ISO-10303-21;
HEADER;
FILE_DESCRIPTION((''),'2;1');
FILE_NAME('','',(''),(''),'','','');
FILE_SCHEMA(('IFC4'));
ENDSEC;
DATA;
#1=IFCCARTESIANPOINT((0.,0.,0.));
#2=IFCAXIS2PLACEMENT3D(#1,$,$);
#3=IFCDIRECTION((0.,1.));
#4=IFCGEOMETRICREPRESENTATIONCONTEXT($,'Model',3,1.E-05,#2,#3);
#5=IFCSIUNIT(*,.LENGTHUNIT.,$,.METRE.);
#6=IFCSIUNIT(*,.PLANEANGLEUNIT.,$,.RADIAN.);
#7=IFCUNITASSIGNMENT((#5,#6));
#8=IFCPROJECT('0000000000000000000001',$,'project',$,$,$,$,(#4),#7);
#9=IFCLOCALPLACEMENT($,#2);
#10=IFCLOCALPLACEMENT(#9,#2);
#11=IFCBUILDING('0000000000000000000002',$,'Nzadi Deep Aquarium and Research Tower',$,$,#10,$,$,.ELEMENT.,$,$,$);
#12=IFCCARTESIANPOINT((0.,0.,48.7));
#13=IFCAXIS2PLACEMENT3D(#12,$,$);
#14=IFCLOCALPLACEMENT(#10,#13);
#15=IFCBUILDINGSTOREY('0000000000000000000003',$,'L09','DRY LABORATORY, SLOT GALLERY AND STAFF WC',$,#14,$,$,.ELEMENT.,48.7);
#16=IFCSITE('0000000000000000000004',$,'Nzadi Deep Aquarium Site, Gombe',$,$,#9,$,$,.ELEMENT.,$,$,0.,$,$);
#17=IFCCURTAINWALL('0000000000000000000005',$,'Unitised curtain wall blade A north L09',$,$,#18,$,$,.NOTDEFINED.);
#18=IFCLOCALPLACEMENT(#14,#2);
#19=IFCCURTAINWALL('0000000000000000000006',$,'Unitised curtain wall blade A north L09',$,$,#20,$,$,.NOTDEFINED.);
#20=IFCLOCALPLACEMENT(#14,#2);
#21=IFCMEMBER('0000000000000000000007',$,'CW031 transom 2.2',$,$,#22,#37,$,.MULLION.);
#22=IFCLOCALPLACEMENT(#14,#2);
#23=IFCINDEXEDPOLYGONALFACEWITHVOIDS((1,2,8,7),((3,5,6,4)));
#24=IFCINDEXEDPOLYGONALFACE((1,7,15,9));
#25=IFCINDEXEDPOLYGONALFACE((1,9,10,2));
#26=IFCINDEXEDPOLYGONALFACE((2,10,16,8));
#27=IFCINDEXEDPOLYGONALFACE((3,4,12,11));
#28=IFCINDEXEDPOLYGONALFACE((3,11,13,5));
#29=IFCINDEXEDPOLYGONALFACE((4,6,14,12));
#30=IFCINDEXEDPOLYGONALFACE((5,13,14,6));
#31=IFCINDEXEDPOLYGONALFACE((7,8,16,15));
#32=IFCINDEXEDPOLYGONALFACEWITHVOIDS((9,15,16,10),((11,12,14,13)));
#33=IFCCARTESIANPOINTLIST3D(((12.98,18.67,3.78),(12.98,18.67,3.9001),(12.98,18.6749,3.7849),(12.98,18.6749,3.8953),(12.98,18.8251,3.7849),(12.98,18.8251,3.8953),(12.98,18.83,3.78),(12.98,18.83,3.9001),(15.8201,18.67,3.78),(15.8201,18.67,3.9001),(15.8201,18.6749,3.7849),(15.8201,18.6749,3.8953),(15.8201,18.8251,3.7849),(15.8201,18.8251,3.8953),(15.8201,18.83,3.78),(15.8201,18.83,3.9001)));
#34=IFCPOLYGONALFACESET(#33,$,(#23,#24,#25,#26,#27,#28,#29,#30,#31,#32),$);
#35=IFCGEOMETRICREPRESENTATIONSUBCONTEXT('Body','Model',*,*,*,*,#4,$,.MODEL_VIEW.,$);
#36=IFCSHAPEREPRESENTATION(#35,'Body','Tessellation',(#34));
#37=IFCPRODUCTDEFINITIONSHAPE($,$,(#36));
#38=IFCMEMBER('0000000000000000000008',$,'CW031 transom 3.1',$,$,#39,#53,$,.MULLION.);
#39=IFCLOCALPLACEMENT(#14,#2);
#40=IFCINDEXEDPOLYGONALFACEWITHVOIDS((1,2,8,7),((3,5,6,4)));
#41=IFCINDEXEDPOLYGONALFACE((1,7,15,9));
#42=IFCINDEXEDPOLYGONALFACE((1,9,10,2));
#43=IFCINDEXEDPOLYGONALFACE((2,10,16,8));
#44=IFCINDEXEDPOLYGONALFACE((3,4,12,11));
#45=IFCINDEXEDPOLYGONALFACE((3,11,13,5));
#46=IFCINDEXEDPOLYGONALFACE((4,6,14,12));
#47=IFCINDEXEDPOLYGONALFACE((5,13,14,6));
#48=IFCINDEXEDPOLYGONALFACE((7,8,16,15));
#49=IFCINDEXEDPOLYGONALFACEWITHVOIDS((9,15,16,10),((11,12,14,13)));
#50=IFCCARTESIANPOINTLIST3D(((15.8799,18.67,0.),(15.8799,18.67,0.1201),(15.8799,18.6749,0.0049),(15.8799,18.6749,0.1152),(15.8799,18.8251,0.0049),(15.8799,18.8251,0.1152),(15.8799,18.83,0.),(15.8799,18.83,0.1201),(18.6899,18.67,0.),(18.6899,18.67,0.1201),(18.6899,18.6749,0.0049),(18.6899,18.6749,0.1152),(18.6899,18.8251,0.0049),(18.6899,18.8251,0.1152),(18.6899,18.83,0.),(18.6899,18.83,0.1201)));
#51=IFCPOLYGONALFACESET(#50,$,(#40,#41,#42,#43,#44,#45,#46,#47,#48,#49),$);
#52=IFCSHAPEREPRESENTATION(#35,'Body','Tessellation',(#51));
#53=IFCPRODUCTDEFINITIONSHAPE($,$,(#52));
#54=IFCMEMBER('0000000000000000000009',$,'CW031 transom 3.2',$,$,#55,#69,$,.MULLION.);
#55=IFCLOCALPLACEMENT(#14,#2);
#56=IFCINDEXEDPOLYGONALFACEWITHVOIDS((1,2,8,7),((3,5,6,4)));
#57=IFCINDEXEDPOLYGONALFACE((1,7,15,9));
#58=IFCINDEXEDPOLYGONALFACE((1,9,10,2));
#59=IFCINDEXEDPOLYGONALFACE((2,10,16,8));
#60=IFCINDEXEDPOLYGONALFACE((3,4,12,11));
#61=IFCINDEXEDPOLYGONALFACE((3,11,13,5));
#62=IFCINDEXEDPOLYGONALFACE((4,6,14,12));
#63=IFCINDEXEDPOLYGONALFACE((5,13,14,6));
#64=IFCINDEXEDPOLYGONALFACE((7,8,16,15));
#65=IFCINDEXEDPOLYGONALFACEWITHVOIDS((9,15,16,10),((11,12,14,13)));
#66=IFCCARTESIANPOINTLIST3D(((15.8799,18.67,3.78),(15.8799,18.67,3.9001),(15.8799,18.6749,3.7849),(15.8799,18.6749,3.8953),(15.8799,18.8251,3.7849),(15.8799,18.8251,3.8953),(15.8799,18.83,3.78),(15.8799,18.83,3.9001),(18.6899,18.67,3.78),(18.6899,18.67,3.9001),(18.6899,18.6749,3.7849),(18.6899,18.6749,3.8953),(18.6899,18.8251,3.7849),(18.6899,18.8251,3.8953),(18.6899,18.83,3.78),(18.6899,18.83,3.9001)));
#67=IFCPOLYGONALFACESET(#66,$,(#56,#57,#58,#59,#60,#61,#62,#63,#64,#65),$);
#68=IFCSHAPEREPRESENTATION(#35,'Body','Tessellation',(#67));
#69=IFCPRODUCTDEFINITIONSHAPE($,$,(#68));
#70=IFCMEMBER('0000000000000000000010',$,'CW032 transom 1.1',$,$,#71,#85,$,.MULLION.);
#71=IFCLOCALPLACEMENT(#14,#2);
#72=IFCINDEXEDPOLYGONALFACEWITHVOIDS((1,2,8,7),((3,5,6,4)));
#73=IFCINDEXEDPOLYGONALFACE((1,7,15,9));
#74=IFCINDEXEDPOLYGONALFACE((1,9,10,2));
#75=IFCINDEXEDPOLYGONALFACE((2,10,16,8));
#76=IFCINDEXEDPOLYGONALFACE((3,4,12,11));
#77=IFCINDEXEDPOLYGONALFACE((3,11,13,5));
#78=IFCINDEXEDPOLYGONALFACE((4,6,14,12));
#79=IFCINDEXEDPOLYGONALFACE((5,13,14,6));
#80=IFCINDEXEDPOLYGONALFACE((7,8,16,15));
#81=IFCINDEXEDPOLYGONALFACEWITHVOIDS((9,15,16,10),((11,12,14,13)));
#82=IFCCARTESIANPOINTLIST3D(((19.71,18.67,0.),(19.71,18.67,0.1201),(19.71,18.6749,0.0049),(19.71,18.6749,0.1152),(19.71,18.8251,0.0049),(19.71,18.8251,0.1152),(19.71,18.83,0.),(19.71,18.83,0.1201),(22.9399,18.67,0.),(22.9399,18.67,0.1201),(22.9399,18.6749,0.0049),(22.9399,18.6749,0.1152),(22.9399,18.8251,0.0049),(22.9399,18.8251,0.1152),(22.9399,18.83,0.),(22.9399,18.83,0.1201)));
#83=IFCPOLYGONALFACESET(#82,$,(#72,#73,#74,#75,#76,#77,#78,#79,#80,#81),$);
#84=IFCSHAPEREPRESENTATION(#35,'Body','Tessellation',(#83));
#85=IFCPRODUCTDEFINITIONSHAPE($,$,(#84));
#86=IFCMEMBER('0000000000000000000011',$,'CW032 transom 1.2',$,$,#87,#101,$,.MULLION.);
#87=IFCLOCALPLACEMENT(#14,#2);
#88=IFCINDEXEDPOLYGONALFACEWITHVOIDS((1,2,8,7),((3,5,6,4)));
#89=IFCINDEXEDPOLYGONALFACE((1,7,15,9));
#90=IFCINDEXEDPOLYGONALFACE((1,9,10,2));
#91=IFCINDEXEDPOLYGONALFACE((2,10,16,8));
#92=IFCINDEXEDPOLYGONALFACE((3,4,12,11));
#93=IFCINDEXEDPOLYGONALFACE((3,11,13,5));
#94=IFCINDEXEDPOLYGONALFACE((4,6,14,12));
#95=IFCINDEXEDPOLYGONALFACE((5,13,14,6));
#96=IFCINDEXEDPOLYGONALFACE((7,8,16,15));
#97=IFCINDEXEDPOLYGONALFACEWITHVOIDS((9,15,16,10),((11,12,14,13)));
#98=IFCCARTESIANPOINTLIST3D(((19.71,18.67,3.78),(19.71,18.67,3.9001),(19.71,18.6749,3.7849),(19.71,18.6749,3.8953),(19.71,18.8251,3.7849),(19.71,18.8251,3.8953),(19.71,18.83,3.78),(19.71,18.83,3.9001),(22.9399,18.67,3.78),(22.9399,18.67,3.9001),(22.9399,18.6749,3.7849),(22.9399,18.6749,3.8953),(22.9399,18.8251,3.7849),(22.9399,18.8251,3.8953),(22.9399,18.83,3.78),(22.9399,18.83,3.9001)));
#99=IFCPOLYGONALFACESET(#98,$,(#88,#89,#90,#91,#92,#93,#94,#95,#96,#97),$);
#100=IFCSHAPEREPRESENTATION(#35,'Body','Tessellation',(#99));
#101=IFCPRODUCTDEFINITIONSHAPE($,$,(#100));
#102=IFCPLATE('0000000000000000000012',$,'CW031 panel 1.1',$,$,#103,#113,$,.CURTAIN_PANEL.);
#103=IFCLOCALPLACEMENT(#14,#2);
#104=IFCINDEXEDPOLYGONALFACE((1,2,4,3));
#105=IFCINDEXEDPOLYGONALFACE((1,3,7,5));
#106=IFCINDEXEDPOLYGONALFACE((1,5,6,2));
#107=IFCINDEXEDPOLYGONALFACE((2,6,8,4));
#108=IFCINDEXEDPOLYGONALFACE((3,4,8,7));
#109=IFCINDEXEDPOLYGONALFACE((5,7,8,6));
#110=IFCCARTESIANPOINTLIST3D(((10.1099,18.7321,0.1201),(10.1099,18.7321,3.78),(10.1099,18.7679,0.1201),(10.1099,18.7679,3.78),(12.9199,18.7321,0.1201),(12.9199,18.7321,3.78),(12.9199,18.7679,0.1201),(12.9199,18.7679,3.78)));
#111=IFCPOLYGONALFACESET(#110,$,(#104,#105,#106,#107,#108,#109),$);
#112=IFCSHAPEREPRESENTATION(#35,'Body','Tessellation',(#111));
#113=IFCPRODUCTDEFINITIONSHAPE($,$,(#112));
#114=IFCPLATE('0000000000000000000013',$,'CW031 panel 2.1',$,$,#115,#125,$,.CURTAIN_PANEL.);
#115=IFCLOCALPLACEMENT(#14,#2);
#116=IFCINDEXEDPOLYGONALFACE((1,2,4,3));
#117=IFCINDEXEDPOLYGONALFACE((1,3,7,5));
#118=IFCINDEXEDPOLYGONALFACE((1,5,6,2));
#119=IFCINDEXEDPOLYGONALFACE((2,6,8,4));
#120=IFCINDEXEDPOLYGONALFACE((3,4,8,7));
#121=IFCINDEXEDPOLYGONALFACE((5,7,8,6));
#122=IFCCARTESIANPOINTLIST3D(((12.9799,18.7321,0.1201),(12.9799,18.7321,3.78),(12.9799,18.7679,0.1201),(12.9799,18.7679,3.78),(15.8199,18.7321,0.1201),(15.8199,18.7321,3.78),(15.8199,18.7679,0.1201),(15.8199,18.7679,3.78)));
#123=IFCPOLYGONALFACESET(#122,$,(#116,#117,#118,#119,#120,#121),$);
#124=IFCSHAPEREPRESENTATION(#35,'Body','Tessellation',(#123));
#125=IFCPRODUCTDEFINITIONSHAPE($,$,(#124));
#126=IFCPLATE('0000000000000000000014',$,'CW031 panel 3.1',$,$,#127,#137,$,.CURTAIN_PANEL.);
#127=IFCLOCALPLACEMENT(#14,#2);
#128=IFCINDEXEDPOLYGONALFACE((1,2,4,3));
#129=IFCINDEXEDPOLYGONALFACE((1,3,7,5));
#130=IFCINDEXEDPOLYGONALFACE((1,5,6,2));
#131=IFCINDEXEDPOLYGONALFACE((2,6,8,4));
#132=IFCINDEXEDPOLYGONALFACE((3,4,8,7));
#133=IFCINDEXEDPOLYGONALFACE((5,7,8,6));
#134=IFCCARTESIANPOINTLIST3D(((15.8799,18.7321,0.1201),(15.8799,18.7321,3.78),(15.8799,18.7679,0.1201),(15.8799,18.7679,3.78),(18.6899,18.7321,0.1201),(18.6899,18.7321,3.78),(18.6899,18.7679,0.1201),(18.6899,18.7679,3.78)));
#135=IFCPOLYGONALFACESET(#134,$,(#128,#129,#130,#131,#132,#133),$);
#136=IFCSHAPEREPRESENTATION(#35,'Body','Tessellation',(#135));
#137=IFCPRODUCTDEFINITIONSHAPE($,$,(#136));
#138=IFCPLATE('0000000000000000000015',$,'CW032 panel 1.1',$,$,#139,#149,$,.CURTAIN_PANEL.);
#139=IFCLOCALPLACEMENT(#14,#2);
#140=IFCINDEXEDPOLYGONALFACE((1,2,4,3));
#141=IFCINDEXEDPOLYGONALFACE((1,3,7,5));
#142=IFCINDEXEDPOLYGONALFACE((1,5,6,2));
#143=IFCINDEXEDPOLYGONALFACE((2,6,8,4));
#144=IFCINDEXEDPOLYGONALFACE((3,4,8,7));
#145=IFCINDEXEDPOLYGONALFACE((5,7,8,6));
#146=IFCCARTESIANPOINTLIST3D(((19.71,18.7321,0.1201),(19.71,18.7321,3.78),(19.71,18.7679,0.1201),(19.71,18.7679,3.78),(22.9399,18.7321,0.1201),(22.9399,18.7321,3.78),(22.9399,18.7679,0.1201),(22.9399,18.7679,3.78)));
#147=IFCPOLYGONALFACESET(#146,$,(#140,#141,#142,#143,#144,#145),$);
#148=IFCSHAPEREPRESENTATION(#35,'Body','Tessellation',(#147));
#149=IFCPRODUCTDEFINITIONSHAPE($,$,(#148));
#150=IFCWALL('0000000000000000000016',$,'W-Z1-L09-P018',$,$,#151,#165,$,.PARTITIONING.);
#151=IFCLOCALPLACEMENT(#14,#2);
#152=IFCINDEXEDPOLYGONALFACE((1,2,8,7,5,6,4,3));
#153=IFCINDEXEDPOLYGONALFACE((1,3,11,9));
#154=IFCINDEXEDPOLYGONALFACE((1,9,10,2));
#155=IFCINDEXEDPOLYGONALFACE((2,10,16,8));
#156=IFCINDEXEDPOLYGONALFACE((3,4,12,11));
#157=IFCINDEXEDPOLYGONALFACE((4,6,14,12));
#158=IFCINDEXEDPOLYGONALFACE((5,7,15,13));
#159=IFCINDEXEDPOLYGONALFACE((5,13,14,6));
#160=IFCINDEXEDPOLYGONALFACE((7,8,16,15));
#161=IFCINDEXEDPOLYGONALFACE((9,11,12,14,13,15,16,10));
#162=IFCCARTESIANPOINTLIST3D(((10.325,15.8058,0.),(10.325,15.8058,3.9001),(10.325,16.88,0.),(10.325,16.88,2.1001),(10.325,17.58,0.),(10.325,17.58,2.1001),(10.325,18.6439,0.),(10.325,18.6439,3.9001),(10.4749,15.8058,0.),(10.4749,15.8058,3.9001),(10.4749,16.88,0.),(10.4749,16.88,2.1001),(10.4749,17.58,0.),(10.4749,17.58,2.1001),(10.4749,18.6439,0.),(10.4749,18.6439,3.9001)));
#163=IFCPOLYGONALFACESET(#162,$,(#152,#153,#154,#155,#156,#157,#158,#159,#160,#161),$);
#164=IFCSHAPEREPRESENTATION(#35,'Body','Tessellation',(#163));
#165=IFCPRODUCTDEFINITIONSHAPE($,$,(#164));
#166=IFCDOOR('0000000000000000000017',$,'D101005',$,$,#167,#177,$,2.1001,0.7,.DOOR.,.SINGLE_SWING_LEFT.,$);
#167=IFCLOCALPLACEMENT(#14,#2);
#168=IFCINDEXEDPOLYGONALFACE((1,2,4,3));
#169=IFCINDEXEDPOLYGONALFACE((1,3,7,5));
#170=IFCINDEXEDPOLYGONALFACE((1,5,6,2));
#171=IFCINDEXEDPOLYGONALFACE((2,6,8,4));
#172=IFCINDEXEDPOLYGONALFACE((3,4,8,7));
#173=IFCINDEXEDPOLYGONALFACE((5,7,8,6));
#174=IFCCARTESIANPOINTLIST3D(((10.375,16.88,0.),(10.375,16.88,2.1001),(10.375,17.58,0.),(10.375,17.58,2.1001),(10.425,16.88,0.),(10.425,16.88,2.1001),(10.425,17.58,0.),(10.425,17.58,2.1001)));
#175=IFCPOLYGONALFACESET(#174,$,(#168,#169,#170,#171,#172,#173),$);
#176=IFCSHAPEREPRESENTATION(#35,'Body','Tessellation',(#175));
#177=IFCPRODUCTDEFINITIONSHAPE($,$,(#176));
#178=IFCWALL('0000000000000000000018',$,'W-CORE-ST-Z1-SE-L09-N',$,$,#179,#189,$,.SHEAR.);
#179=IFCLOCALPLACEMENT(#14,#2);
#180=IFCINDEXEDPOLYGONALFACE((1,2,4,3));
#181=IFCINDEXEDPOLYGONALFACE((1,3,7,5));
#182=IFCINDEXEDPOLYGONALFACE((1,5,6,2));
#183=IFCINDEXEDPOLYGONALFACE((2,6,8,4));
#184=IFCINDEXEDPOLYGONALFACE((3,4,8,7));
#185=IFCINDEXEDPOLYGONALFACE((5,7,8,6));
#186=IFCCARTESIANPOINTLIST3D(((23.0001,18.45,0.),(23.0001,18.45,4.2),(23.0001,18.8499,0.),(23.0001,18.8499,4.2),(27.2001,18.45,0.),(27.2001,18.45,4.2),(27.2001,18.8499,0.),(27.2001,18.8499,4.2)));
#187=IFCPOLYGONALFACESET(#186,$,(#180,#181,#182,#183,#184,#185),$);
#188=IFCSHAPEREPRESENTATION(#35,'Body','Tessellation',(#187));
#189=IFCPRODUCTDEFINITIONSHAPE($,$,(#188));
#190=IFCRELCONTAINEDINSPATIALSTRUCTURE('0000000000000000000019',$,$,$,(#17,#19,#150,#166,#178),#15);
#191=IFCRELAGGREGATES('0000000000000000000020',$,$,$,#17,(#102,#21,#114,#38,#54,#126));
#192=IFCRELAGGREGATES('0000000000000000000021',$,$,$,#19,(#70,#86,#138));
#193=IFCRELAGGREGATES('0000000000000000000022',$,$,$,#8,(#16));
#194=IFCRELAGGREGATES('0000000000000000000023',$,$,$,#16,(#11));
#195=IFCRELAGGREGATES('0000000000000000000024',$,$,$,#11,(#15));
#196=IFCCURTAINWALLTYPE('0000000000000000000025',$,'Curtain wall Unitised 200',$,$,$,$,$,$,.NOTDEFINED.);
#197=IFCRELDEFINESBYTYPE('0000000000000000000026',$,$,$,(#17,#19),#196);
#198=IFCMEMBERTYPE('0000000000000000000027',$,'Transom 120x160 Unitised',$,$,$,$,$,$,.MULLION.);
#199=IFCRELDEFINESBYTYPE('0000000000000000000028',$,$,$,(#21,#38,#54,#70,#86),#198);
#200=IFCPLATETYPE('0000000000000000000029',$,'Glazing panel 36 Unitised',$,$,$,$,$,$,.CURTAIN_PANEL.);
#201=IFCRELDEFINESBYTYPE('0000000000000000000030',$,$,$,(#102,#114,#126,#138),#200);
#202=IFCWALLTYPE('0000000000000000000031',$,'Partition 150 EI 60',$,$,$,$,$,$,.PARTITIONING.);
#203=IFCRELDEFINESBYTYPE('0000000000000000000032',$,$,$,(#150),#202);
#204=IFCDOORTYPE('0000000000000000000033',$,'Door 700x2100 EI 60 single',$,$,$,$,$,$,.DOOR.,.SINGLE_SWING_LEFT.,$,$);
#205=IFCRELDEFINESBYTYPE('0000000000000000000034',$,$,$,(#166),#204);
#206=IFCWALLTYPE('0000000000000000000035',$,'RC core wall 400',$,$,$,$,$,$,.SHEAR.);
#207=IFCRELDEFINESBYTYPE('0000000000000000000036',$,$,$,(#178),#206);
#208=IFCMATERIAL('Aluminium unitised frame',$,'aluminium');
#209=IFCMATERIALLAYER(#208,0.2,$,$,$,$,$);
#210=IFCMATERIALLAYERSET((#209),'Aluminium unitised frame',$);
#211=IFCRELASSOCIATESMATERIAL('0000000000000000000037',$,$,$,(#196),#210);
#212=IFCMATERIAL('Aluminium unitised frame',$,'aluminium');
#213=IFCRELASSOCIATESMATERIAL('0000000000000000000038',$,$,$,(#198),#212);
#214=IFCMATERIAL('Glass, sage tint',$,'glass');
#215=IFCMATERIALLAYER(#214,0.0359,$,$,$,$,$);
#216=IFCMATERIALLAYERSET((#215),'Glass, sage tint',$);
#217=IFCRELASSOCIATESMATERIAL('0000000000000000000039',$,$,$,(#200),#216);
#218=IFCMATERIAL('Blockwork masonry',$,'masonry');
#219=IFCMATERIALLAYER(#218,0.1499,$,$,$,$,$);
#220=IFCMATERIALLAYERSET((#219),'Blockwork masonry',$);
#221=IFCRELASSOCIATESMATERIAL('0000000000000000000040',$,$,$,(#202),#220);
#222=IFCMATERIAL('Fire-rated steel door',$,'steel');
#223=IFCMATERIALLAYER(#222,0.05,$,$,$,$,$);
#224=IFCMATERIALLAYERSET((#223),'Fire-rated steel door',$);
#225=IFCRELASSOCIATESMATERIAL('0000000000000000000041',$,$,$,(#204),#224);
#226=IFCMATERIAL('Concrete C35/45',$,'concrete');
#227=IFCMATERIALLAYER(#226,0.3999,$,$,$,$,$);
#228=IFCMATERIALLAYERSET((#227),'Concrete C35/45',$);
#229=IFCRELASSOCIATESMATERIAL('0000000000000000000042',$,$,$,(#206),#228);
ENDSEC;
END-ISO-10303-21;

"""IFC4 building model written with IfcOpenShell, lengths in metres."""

from ifc_helpers import new_model, si_unit, direction, frame, frame_2d, origin, origin_2d, place, context, subcontext, project, spatial, rectangle, hollow_rectangle, extrude, material, layer, layer_set, material_profile, profile_set, type_object, element, fill, aggregate, save


model = new_model("IFC4")

# Units and contexts
model_context = context("Model", 3, precision=1e-05, world=origin(), true_north=direction((0.0, 1.0)))
body_context = subcontext(model_context, "Body", "Model", "MODEL_VIEW")
ifc_project = project(units=[si_unit("LENGTHUNIT", "METRE"), si_unit("PLANEANGLEUNIT", "RADIAN")], contexts=[model_context])

# Site, building, storey
site_placement = place(None, origin())
site = spatial("IfcSite", under=ifc_project, at=site_placement, Name="Nzadi Deep Aquarium Site, Gombe", CompositionType="ELEMENT", RefElevation=0.0)
building_placement = place(site_placement, origin())
building = spatial("IfcBuilding", under=site, at=building_placement, Name="Nzadi Deep Aquarium and Research Tower", CompositionType="ELEMENT")
storey_placement = place(building_placement, frame((0.0, 0.0, 48.7)))
storey = spatial("IfcBuildingStorey", under=building, at=storey_placement, Name="L09", Description="DRY LABORATORY, SLOT GALLERY AND STAFF WC", CompositionType="ELEMENT", Elevation=48.7)

# Curtain wall
ifc_material_1 = material(Name="Aluminium unitised frame", Category="aluminium")
ifc_layer_1 = layer(ifc_material_1, 0.2)
ifc_layer_set_1 = layer_set([ifc_layer_1], Name="Aluminium unitised frame")
curtain_wall_type = type_object("IfcCurtainWallType", Name="Curtain wall Unitised 200", PredefinedType="NOTDEFINED", material=ifc_layer_set_1)
curtain_wall_1_placement = place(storey_placement, origin())
curtain_wall_1 = element("IfcCurtainWall", 1, at=curtain_wall_1_placement, inside=storey, type_object=curtain_wall_type, Name="Unitised curtain wall blade A north L09", PredefinedType="NOTDEFINED")

# Curtain wall
curtain_wall_2_placement = place(storey_placement, origin())
curtain_wall_2 = element("IfcCurtainWall", 2, at=curtain_wall_2_placement, inside=storey, type_object=curtain_wall_type, Name="Unitised curtain wall blade A north L09", PredefinedType="NOTDEFINED")

# Members
ifc_material_2 = material(Name="Aluminium unitised frame", Category="aluminium")
ifc_material_profile_1 = material_profile(ifc_material_2, hollow_rectangle(XDim=0.1599, YDim=0.1201, WallThickness=0.0049, at=origin_2d()))
ifc_profile_set_1 = profile_set([ifc_material_profile_1], Name="Aluminium unitised frame")
member_type_1 = type_object("IfcMemberType", Name="Transom 120x160 Unitised", PredefinedType="MULLION", material=ifc_profile_set_1)
member_1_placement = place(storey_placement, frame((12.98, 18.75, 3.8401), z_axis=(1.0, 0.0, 0.0), x_axis=(0.0, 1.0, 0.0)))
member_1 = element("IfcMember", 3, at=member_1_placement, type_object=member_type_1, Name="CW031 transom 2.2", PredefinedType="MULLION", context=body_context, shape_type="SweptSolid", body=[
    extrude(hollow_rectangle(XDim=0.1599, YDim=0.1201, WallThickness=0.0049, at=origin_2d()), origin(), (0.0, 0.0, 1.0), 2.8401),
])
member_2_placement = place(storey_placement, frame((15.8799, 18.75, 0.0601), z_axis=(1.0, 0.0, 0.0), x_axis=(0.0, 1.0, 0.0)))
member_2 = element("IfcMember", 4, at=member_2_placement, type_object=member_type_1, Name="CW031 transom 3.1", PredefinedType="MULLION", context=body_context, shape_type="SweptSolid", body=[
    extrude(hollow_rectangle(XDim=0.1599, YDim=0.1201, WallThickness=0.0049, at=origin_2d()), origin(), (0.0, 0.0, 1.0), 2.8101),
])
member_3_placement = place(storey_placement, frame((15.8799, 18.75, 3.8401), z_axis=(1.0, 0.0, 0.0), x_axis=(0.0, 1.0, 0.0)))
member_3 = element("IfcMember", 5, at=member_3_placement, type_object=member_type_1, Name="CW031 transom 3.2", PredefinedType="MULLION", context=body_context, shape_type="SweptSolid", body=[
    extrude(hollow_rectangle(XDim=0.1599, YDim=0.1201, WallThickness=0.0049, at=origin_2d()), origin(), (0.0, 0.0, 1.0), 2.8101),
])
member_4_placement = place(storey_placement, frame((19.71, 18.75, 0.0601), z_axis=(1.0, 0.0, 0.0), x_axis=(0.0, 1.0, 0.0)))
member_4 = element("IfcMember", 6, at=member_4_placement, type_object=member_type_1, Name="CW032 transom 1.1", PredefinedType="MULLION", context=body_context, shape_type="SweptSolid", body=[
    extrude(hollow_rectangle(XDim=0.1599, YDim=0.1201, WallThickness=0.0049, at=origin_2d()), origin(), (0.0, 0.0, 1.0), 3.23),
])
member_5_placement = place(storey_placement, frame((19.71, 18.75, 3.8401), z_axis=(1.0, 0.0, 0.0), x_axis=(0.0, 1.0, 0.0)))
member_5 = element("IfcMember", 7, at=member_5_placement, type_object=member_type_1, Name="CW032 transom 1.2", PredefinedType="MULLION", context=body_context, shape_type="SweptSolid", body=[
    extrude(hollow_rectangle(XDim=0.1599, YDim=0.1201, WallThickness=0.0049, at=origin_2d()), origin(), (0.0, 0.0, 1.0), 3.23),
])

# Plates
ifc_material_3 = material(Name="Glass, sage tint", Category="glass")
ifc_layer_2 = layer(ifc_material_3, 0.0359)
ifc_layer_set_2 = layer_set([ifc_layer_2], Name="Glass, sage tint")
plate_type = type_object("IfcPlateType", Name="Glazing panel 36 Unitised", PredefinedType="CURTAIN_PANEL", material=ifc_layer_set_2)
plate_1_placement = place(storey_placement, frame((11.5149, 18.75, 0.1201), z_axis=(0.0, 0.0, 1.0), x_axis=(1.0, 0.0, 0.0)))
plate_1 = element("IfcPlate", 8, at=plate_1_placement, type_object=plate_type, Name="CW031 panel 1.1", PredefinedType="CURTAIN_PANEL", context=body_context, shape_type="SweptSolid", body=[
    extrude(rectangle(XDim=2.8101, YDim=0.0359, at=origin_2d()), origin(), (0.0, 0.0, 1.0), 3.6599),
])
plate_2_placement = place(storey_placement, frame((14.3999, 18.75, 0.1201), z_axis=(0.0, 0.0, 1.0), x_axis=(1.0, 0.0, 0.0)))
plate_2 = element("IfcPlate", 9, at=plate_2_placement, type_object=plate_type, Name="CW031 panel 2.1", PredefinedType="CURTAIN_PANEL", context=body_context, shape_type="SweptSolid", body=[
    extrude(rectangle(XDim=2.8401, YDim=0.0359, at=origin_2d()), origin(), (0.0, 0.0, 1.0), 3.6599),
])
plate_3_placement = place(storey_placement, frame((17.2849, 18.75, 0.1201), z_axis=(0.0, 0.0, 1.0), x_axis=(1.0, 0.0, 0.0)))
plate_3 = element("IfcPlate", 10, at=plate_3_placement, type_object=plate_type, Name="CW031 panel 3.1", PredefinedType="CURTAIN_PANEL", context=body_context, shape_type="SweptSolid", body=[
    extrude(rectangle(XDim=2.8101, YDim=0.0359, at=origin_2d()), origin(), (0.0, 0.0, 1.0), 3.6599),
])
aggregate(curtain_wall_1, [plate_1, member_1, plate_2, member_2, member_3, plate_3])
plate_4_placement = place(storey_placement, frame((21.325, 18.75, 0.1201), z_axis=(0.0, 0.0, 1.0), x_axis=(1.0, 0.0, 0.0)))
plate_4 = element("IfcPlate", 11, at=plate_4_placement, type_object=plate_type, Name="CW032 panel 1.1", PredefinedType="CURTAIN_PANEL", context=body_context, shape_type="SweptSolid", body=[
    extrude(rectangle(XDim=3.23, YDim=0.0359, at=origin_2d()), origin(), (0.0, 0.0, 1.0), 3.6599),
])
aggregate(curtain_wall_2, [member_4, member_5, plate_4])

# Wall, opening, door
ifc_material_4 = material(Name="Blockwork masonry", Category="masonry")
ifc_layer_3 = layer(ifc_material_4, 0.1499)
ifc_layer_set_3 = layer_set([ifc_layer_3], Name="Blockwork masonry")
wall_type_1 = type_object("IfcWallType", Name="Partition 150 EI 60", PredefinedType="PARTITIONING", material=ifc_layer_set_3)
wall_1_placement = place(storey_placement, frame((10.3999, 15.8059, 0.0), z_axis=(0.0, 0.0, 1.0), x_axis=(0.0, 1.0, 0.0)))
wall_1 = element("IfcWall", 12, at=wall_1_placement, inside=storey, type_object=wall_type_1, Name="W-Z1-L09-P018", PredefinedType="PARTITIONING", context=body_context, shape_type="SweptSolid", body=[
    extrude(rectangle(XDim=2.8381, YDim=0.1499, at=frame_2d((1.4189, 0.0))), origin(), (0.0, 0.0, 1.0), 3.9001),
])
opening_1_placement = place(wall_1_placement, frame((1.074, 0.0, 0.0)))
opening_1 = element("IfcOpeningElement", 13, at=opening_1_placement, cuts=wall_1, PredefinedType="OPENING", context=body_context, shape_type="SweptSolid", body=[
    extrude(rectangle(XDim=0.7, YDim=2.1001, at=frame_2d((0.3501, 1.05))), frame((0.0, 0.085, 0.0), z_axis=(0.0, -1.0, 0.0), x_axis=(1.0, 0.0, 0.0)), (0.0, 0.0, 1.0), 0.1699),
])
ifc_material_5 = material(Name="Fire-rated steel door", Category="steel")
ifc_layer_4 = layer(ifc_material_5, 0.05)
ifc_layer_set_4 = layer_set([ifc_layer_4], Name="Fire-rated steel door")
door_type_1 = type_object("IfcDoorType", Name="Door 700x2100 EI 60 single", OperationType="SINGLE_SWING_LEFT", PredefinedType="DOOR", material=ifc_layer_set_4)
door_1_placement = place(opening_1_placement, origin())
door_1 = element("IfcDoor", 14, at=door_1_placement, inside=storey, type_object=door_type_1, Name="D101005", OperationType="SINGLE_SWING_LEFT", OverallHeight=2.1001, OverallWidth=0.7, PredefinedType="DOOR", context=body_context, shape_type="SweptSolid", body=[
    extrude(rectangle(XDim=0.7, YDim=2.1001, at=frame_2d((0.3501, 1.05))), frame((0.0, 0.0249, 0.0), z_axis=(0.0, -1.0, 0.0), x_axis=(1.0, 0.0, 0.0)), (0.0, 0.0, 1.0), 0.05),
])
fill(opening_1, door_1)

# Wall
ifc_material_6 = material(Name="Concrete C35/45", Category="concrete")
ifc_layer_5 = layer(ifc_material_6, 0.3999)
ifc_layer_set_5 = layer_set([ifc_layer_5], Name="Concrete C35/45")
wall_type_2 = type_object("IfcWallType", Name="RC core wall 400", PredefinedType="SHEAR", material=ifc_layer_set_5)
wall_2_placement = place(storey_placement, frame((23.0, 18.6499, 0.0), z_axis=(0.0, 0.0, 1.0), x_axis=(1.0, 0.0, 0.0)))
element("IfcWall", 15, at=wall_2_placement, inside=storey, type_object=wall_type_2, Name="W-CORE-ST-Z1-SE-L09-N", PredefinedType="SHEAR", context=body_context, shape_type="SweptSolid", body=[
    extrude(rectangle(XDim=4.2, YDim=0.3999, at=frame_2d((2.1001, 0.0))), origin(), (0.0, 0.0, 1.0), 4.2),
])

save(model, "model.ifc")
